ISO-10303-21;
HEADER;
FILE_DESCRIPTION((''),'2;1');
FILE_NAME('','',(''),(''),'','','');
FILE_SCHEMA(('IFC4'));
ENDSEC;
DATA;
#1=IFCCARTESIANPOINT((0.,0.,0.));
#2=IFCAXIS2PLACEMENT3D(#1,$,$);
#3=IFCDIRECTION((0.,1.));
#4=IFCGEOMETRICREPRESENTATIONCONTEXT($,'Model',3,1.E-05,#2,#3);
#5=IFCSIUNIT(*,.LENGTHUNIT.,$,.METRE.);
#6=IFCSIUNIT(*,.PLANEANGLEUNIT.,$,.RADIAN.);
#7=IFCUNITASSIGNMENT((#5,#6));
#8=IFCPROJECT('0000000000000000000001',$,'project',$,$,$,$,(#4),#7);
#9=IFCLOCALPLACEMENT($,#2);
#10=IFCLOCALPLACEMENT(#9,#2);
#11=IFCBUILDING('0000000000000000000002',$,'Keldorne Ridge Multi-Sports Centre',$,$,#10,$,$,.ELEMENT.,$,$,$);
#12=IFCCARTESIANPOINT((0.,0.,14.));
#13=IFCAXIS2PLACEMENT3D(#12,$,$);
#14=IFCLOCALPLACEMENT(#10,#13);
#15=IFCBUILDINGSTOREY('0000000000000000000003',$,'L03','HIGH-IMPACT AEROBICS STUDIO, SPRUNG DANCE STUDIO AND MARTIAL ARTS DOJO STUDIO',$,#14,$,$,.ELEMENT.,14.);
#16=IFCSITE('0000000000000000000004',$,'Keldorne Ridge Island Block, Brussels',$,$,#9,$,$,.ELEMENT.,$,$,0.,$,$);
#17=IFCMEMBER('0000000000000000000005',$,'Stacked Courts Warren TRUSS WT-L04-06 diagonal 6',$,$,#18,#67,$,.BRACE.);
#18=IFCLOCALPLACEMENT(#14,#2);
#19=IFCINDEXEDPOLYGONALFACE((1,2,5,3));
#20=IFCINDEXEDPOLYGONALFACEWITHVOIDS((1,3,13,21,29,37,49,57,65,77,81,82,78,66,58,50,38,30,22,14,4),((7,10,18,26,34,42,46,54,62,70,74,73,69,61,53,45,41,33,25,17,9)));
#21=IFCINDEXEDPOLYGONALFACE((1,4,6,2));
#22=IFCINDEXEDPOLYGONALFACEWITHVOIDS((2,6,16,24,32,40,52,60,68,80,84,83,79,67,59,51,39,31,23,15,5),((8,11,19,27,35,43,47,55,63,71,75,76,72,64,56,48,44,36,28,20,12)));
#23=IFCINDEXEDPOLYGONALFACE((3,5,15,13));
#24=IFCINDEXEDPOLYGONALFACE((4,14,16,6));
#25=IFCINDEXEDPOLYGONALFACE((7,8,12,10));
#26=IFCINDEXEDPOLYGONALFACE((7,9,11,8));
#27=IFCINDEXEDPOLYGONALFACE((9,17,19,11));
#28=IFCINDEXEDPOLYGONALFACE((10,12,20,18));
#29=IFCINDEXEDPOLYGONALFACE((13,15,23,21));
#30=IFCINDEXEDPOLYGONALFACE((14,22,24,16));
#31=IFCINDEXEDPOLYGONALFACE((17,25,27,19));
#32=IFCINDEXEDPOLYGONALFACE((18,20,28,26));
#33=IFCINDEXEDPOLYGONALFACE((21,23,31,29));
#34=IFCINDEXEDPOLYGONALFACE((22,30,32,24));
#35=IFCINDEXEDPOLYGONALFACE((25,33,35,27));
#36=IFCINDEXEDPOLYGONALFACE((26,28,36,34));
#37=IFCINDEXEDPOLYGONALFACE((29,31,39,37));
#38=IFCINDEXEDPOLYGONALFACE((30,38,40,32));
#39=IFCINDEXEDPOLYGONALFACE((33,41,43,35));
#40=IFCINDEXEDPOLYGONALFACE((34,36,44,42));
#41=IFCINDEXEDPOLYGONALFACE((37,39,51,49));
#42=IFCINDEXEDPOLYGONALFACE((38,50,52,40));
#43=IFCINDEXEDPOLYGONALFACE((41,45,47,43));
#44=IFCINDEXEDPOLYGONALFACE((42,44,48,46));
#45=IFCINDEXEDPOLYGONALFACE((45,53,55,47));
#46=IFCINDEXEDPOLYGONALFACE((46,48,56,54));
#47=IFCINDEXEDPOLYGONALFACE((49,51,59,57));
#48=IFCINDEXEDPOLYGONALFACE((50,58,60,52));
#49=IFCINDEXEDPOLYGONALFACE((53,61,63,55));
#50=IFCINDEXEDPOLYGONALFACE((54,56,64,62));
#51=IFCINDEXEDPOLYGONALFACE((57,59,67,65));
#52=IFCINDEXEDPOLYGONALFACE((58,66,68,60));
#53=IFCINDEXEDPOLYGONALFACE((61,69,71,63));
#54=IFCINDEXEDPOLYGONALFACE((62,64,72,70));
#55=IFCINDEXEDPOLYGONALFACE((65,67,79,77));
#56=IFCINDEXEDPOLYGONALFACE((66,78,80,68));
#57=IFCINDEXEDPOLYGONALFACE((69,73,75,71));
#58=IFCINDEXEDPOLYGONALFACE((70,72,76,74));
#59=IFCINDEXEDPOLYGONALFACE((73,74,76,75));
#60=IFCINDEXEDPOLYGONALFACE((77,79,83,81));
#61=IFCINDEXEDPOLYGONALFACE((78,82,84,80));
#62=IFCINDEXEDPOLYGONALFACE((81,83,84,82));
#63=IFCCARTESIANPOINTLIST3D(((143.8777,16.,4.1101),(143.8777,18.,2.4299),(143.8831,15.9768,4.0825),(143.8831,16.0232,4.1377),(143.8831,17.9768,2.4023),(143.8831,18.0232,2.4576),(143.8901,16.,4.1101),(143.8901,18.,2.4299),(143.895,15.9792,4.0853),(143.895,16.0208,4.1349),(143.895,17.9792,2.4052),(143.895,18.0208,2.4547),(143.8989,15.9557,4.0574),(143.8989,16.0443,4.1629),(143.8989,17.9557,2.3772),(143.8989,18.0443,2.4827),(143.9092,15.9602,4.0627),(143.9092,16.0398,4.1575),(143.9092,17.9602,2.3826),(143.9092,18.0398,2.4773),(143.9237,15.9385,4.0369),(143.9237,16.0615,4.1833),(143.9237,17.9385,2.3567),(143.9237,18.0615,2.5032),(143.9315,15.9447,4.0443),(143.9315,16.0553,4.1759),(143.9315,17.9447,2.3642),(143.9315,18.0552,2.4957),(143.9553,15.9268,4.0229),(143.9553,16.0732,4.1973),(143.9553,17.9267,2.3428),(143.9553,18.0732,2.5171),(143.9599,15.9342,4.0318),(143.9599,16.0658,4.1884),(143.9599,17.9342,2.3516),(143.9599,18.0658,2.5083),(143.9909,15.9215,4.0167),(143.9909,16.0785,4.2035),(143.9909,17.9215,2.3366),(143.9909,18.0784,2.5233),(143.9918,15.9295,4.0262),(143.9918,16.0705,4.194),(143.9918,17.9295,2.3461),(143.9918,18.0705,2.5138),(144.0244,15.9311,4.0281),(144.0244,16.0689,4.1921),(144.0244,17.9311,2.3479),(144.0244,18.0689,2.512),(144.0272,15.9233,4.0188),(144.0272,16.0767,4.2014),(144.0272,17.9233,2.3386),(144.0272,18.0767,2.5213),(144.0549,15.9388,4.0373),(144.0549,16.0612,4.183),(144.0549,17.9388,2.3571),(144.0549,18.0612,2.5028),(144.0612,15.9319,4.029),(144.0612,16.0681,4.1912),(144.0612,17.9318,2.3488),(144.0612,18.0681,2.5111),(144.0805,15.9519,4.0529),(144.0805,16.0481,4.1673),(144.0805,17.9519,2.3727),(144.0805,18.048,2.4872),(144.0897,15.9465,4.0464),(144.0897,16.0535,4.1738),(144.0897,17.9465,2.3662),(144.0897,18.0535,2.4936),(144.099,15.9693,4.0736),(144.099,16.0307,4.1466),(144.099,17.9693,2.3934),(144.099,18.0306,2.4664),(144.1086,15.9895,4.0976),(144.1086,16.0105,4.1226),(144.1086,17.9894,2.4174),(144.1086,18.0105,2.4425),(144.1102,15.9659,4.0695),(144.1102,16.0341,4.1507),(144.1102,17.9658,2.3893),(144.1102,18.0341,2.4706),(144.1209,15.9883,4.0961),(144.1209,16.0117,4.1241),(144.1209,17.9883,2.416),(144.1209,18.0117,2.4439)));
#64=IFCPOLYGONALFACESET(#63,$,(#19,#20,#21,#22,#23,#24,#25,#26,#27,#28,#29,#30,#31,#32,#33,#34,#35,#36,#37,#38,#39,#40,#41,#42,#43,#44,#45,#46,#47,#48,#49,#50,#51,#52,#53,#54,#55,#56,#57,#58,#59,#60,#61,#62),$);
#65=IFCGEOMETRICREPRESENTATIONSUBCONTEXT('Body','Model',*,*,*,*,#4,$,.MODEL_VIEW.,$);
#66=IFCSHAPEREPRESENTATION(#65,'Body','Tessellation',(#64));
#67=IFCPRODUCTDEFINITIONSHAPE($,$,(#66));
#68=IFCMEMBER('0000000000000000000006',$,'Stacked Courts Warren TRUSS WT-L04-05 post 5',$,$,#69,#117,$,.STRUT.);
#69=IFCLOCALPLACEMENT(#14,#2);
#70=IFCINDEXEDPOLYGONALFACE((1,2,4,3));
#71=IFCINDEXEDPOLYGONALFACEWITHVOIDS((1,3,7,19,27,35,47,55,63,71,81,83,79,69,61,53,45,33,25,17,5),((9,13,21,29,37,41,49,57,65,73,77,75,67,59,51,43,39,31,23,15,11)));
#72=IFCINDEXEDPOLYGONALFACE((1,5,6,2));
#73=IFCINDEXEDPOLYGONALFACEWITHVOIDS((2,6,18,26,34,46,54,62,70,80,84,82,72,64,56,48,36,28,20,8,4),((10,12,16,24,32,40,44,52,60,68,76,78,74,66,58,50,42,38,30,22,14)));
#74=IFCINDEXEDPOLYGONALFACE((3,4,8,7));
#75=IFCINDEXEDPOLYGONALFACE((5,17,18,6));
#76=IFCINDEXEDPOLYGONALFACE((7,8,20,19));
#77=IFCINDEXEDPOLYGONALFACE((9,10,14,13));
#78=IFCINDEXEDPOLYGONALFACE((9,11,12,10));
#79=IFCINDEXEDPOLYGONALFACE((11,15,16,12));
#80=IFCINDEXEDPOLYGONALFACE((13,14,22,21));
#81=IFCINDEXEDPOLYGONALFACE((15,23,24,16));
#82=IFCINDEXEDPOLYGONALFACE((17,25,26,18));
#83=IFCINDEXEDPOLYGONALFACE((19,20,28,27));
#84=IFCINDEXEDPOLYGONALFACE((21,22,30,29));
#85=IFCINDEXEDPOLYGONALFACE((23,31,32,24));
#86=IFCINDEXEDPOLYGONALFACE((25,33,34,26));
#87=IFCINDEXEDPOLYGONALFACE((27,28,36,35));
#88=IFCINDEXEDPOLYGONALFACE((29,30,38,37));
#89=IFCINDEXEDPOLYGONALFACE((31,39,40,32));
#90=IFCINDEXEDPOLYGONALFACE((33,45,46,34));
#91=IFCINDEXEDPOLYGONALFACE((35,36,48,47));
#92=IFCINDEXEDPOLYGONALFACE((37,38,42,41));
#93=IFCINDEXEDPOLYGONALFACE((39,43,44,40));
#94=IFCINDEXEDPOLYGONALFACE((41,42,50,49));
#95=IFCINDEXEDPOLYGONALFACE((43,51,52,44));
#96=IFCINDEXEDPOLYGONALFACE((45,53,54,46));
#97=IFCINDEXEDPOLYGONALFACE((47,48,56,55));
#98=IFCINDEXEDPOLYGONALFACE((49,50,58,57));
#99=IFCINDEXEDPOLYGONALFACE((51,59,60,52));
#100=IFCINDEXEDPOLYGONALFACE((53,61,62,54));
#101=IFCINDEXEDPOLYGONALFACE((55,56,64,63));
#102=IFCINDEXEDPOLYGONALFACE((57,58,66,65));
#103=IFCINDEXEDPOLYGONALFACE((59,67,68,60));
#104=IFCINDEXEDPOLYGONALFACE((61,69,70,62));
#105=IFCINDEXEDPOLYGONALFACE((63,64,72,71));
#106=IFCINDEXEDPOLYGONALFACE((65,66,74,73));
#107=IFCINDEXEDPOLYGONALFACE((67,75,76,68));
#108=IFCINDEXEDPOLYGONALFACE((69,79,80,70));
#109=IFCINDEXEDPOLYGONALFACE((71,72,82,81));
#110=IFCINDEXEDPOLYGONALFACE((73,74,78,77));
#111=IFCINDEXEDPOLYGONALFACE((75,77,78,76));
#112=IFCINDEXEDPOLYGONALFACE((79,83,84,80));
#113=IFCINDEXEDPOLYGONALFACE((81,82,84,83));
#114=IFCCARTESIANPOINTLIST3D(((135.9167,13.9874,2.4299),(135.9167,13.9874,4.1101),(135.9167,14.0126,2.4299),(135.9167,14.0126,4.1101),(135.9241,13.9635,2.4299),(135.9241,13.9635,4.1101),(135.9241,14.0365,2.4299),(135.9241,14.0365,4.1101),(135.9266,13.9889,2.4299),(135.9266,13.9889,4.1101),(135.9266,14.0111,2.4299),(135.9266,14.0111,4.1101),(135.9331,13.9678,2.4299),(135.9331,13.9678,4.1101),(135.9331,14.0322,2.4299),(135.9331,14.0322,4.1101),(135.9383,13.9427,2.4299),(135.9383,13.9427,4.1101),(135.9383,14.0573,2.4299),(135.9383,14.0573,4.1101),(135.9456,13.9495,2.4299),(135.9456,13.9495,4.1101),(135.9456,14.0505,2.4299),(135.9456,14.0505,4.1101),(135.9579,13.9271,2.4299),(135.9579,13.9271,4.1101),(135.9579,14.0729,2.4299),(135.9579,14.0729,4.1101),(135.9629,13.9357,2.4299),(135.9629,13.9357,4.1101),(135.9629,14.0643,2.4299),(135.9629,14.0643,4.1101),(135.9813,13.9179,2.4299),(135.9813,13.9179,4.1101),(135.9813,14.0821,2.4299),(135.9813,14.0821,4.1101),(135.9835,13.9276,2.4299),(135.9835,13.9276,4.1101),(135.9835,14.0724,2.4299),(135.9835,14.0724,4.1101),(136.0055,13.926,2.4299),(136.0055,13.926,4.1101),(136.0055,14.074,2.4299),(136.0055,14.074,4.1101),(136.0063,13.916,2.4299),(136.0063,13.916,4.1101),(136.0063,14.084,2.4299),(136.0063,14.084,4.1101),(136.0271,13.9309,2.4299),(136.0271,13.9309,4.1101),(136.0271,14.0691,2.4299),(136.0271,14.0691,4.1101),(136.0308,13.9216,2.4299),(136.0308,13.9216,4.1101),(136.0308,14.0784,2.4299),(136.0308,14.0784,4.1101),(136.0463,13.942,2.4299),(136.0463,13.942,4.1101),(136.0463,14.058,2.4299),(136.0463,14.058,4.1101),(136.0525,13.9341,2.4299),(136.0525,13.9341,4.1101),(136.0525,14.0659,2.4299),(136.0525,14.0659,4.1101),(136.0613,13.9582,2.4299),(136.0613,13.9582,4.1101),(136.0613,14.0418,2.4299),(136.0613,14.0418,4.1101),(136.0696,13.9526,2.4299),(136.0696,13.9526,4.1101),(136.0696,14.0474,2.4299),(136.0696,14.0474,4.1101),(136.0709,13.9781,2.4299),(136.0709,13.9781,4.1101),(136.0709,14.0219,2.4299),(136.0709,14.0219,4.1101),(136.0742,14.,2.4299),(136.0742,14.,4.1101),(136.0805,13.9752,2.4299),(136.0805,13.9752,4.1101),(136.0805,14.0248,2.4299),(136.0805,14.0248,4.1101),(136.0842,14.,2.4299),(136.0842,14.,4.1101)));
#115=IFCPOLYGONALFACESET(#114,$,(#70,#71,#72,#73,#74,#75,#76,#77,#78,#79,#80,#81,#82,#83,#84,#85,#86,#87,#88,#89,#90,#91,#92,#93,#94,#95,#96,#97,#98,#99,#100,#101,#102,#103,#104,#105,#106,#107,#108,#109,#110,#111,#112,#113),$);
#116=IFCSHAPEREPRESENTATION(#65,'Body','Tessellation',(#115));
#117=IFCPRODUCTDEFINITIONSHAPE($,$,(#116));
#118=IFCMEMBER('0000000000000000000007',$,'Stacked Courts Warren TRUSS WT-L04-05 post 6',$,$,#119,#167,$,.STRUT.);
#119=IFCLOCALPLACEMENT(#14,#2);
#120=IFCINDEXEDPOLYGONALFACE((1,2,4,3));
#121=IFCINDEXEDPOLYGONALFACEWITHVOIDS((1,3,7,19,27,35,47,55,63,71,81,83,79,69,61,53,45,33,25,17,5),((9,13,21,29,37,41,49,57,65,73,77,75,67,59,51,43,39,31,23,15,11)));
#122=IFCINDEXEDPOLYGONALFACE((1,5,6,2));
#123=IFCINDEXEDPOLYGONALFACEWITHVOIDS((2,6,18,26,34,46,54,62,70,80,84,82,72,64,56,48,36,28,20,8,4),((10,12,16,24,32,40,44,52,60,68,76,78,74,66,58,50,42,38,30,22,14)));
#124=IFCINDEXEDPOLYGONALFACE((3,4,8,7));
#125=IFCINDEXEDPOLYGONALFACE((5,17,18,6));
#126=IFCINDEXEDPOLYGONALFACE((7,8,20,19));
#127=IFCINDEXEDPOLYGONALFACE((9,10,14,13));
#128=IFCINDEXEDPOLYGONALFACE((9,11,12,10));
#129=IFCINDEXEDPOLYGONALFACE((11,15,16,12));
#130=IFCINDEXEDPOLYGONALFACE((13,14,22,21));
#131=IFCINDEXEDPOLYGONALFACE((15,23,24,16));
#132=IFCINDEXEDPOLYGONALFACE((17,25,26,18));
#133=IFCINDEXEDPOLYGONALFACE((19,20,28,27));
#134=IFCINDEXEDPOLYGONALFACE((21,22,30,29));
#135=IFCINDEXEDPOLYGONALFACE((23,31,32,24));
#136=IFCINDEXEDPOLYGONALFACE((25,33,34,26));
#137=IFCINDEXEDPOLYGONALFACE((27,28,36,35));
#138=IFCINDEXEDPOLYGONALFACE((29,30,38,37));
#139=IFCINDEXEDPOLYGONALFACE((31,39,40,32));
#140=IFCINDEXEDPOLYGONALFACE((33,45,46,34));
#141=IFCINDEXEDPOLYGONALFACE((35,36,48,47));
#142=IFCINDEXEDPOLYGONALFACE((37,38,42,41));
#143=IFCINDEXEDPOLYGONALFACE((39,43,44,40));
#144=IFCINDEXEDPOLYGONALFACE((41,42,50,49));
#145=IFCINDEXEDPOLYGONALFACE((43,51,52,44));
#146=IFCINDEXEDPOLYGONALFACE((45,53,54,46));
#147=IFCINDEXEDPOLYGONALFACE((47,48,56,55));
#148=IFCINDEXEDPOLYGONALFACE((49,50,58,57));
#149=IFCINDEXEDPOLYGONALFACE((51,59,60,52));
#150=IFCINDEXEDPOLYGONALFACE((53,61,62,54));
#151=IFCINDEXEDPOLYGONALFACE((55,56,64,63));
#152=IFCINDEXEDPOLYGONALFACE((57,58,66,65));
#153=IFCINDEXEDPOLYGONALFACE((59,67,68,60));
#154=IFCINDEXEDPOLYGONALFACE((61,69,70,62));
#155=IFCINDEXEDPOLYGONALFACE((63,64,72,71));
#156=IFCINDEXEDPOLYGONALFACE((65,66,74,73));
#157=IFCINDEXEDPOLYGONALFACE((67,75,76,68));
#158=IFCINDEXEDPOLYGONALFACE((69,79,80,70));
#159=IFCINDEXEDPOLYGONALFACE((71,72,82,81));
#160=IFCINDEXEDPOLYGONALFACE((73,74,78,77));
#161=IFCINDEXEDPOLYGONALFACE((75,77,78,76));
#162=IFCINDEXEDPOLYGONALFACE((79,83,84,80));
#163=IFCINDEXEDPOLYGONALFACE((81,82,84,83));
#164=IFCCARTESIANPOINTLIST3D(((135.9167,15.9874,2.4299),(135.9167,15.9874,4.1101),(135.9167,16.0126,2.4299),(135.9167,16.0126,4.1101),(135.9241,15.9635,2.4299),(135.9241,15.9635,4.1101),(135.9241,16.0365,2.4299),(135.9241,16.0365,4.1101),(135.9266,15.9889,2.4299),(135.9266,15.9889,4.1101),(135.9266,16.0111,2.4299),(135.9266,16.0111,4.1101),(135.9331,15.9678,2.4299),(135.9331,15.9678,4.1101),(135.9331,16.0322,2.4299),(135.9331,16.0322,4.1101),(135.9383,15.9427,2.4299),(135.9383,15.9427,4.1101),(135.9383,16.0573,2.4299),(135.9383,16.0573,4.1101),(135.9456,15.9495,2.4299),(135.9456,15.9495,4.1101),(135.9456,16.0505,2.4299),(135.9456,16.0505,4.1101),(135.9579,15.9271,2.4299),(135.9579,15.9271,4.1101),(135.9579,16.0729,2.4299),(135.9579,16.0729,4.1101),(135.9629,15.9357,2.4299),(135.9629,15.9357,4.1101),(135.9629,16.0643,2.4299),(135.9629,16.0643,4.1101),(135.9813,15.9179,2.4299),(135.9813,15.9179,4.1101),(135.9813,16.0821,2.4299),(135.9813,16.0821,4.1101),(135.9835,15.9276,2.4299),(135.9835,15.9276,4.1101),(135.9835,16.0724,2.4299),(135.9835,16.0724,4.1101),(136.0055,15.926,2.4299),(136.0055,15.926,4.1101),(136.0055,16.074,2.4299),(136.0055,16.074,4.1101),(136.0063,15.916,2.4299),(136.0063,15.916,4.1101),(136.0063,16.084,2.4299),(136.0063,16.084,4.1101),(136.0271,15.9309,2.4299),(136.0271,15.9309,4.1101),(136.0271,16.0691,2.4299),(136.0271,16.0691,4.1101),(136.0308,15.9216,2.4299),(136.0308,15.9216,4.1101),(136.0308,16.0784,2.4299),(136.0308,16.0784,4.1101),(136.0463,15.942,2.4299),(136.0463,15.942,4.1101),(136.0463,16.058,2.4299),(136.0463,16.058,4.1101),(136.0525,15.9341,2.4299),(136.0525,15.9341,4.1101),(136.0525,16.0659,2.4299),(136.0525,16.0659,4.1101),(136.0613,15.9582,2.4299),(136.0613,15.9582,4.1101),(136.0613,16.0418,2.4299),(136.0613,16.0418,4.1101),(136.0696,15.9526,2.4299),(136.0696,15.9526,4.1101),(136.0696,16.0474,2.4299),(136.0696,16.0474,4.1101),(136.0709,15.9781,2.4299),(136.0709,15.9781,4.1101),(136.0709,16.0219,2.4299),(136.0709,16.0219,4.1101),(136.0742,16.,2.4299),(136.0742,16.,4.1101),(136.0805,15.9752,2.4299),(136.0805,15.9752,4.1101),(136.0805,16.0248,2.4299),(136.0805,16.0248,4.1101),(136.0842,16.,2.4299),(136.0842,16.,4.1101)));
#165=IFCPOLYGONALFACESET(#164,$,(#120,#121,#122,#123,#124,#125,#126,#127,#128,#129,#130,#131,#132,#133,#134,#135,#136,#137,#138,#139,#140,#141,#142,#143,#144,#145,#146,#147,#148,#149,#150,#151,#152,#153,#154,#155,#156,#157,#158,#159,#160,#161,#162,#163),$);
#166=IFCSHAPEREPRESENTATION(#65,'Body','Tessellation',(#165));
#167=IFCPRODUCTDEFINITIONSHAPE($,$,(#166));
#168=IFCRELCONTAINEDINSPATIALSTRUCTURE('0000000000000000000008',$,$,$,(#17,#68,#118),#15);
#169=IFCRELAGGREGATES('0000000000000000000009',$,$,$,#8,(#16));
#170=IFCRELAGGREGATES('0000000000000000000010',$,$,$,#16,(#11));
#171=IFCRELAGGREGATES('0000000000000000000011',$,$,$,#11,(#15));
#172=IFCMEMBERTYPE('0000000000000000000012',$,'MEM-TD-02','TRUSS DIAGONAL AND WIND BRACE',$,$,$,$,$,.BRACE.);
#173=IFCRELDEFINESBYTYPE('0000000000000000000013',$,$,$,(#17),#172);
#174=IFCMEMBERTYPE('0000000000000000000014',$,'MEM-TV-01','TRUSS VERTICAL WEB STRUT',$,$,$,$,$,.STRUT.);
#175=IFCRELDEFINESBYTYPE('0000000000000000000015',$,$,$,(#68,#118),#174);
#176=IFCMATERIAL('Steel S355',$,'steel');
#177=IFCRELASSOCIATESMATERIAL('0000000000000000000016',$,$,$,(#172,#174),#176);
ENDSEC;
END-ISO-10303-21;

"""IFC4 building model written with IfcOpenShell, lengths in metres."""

from ifc_helpers import new_model, si_unit, direction, frame, origin, origin_2d, place, context, subcontext, project, spatial, hollow_circle, extrude, material, material_profile, profile_set, type_object, element, save


model = new_model("IFC4")

# Units and contexts
model_context = context("Model", 3, precision=1e-05, world=origin(), true_north=direction((0.0, 1.0)))
body_context = subcontext(model_context, "Body", "Model", "MODEL_VIEW")
ifc_project = project(units=[si_unit("LENGTHUNIT", "METRE"), si_unit("PLANEANGLEUNIT", "RADIAN")], contexts=[model_context])

# Site, building, storey
site_placement = place(None, origin())
site = spatial("IfcSite", under=ifc_project, at=site_placement, Name="Keldorne Ridge Island Block, Brussels", CompositionType="ELEMENT", RefElevation=0.0)
building_placement = place(site_placement, origin())
building = spatial("IfcBuilding", under=site, at=building_placement, Name="Keldorne Ridge Multi-Sports Centre", CompositionType="ELEMENT")
storey_placement = place(building_placement, frame((0.0, 0.0, 14.0)))
storey = spatial("IfcBuildingStorey", under=building, at=storey_placement, Name="L03", Description="HIGH-IMPACT AEROBICS STUDIO, SPRUNG DANCE STUDIO AND MARTIAL ARTS DOJO STUDIO", CompositionType="ELEMENT", Elevation=14.0)

# Members
ifc_material = material(Name="Steel S355", Category="steel")
ifc_material_profile_1 = material_profile(ifc_material, hollow_circle(Radius=0.1223, WallThickness=0.0125, at=origin_2d()), Name="CHS 244.5x12.5")
ifc_profile_set_1 = profile_set([ifc_material_profile_1], Name="Steel S355")
member_type_1 = type_object("IfcMemberType", Name="MEM-TD-02", Description="TRUSS DIAGONAL AND WIND BRACE", PredefinedType="BRACE", material=ifc_profile_set_1)
for number, where, z_axis, x_axis, name in (
    (1, (144.0, 16.0, 4.1101), (0.0, 0.765672, -0.643232), (-1.0, 0.0, 0.0), "Stacked Courts Warren TRUSS WT-L04-06 diagonal 6"),
):
    element("IfcMember", number, at=place(storey_placement, frame(where, z_axis=z_axis, x_axis=x_axis)), inside=storey, type_object=member_type_1, Name=name, PredefinedType="BRACE", context=body_context, shape_type="SweptSolid", body=[
        extrude(hollow_circle(Radius=0.1223, WallThickness=0.0125, at=origin_2d()), origin(), (0.0, 0.0, 1.0), 2.6121),
    ])
ifc_material_profile_2 = material_profile(ifc_material, hollow_circle(Radius=0.0842, WallThickness=0.01, at=origin_2d()), Name="CHS 168.3x10")
ifc_profile_set_2 = profile_set([ifc_material_profile_2], Name="Steel S355")
member_type_2 = type_object("IfcMemberType", Name="MEM-TV-01", Description="TRUSS VERTICAL WEB STRUT", PredefinedType="STRUT", material=ifc_profile_set_2)
for number, where, z_axis, x_axis, name in (
    (2, (136.0, 14.0, 2.4299), (0.0, 0.0, 1.0), (1.0, 0.0, 0.0), "Stacked Courts Warren TRUSS WT-L04-05 post 5"),
    (3, (136.0, 16.0, 2.4299), (0.0, 0.0, 1.0), (1.0, 0.0, 0.0), "Stacked Courts Warren TRUSS WT-L04-05 post 6"),
):
    element("IfcMember", number, at=place(storey_placement, frame(where, z_axis=z_axis, x_axis=x_axis)), inside=storey, type_object=member_type_2, Name=name, PredefinedType="STRUT", context=body_context, shape_type="SweptSolid", body=[
        extrude(hollow_circle(Radius=0.0842, WallThickness=0.01, at=origin_2d()), origin(), (0.0, 0.0, 1.0), 1.6802),
    ])

save(model, "model.ifc")
